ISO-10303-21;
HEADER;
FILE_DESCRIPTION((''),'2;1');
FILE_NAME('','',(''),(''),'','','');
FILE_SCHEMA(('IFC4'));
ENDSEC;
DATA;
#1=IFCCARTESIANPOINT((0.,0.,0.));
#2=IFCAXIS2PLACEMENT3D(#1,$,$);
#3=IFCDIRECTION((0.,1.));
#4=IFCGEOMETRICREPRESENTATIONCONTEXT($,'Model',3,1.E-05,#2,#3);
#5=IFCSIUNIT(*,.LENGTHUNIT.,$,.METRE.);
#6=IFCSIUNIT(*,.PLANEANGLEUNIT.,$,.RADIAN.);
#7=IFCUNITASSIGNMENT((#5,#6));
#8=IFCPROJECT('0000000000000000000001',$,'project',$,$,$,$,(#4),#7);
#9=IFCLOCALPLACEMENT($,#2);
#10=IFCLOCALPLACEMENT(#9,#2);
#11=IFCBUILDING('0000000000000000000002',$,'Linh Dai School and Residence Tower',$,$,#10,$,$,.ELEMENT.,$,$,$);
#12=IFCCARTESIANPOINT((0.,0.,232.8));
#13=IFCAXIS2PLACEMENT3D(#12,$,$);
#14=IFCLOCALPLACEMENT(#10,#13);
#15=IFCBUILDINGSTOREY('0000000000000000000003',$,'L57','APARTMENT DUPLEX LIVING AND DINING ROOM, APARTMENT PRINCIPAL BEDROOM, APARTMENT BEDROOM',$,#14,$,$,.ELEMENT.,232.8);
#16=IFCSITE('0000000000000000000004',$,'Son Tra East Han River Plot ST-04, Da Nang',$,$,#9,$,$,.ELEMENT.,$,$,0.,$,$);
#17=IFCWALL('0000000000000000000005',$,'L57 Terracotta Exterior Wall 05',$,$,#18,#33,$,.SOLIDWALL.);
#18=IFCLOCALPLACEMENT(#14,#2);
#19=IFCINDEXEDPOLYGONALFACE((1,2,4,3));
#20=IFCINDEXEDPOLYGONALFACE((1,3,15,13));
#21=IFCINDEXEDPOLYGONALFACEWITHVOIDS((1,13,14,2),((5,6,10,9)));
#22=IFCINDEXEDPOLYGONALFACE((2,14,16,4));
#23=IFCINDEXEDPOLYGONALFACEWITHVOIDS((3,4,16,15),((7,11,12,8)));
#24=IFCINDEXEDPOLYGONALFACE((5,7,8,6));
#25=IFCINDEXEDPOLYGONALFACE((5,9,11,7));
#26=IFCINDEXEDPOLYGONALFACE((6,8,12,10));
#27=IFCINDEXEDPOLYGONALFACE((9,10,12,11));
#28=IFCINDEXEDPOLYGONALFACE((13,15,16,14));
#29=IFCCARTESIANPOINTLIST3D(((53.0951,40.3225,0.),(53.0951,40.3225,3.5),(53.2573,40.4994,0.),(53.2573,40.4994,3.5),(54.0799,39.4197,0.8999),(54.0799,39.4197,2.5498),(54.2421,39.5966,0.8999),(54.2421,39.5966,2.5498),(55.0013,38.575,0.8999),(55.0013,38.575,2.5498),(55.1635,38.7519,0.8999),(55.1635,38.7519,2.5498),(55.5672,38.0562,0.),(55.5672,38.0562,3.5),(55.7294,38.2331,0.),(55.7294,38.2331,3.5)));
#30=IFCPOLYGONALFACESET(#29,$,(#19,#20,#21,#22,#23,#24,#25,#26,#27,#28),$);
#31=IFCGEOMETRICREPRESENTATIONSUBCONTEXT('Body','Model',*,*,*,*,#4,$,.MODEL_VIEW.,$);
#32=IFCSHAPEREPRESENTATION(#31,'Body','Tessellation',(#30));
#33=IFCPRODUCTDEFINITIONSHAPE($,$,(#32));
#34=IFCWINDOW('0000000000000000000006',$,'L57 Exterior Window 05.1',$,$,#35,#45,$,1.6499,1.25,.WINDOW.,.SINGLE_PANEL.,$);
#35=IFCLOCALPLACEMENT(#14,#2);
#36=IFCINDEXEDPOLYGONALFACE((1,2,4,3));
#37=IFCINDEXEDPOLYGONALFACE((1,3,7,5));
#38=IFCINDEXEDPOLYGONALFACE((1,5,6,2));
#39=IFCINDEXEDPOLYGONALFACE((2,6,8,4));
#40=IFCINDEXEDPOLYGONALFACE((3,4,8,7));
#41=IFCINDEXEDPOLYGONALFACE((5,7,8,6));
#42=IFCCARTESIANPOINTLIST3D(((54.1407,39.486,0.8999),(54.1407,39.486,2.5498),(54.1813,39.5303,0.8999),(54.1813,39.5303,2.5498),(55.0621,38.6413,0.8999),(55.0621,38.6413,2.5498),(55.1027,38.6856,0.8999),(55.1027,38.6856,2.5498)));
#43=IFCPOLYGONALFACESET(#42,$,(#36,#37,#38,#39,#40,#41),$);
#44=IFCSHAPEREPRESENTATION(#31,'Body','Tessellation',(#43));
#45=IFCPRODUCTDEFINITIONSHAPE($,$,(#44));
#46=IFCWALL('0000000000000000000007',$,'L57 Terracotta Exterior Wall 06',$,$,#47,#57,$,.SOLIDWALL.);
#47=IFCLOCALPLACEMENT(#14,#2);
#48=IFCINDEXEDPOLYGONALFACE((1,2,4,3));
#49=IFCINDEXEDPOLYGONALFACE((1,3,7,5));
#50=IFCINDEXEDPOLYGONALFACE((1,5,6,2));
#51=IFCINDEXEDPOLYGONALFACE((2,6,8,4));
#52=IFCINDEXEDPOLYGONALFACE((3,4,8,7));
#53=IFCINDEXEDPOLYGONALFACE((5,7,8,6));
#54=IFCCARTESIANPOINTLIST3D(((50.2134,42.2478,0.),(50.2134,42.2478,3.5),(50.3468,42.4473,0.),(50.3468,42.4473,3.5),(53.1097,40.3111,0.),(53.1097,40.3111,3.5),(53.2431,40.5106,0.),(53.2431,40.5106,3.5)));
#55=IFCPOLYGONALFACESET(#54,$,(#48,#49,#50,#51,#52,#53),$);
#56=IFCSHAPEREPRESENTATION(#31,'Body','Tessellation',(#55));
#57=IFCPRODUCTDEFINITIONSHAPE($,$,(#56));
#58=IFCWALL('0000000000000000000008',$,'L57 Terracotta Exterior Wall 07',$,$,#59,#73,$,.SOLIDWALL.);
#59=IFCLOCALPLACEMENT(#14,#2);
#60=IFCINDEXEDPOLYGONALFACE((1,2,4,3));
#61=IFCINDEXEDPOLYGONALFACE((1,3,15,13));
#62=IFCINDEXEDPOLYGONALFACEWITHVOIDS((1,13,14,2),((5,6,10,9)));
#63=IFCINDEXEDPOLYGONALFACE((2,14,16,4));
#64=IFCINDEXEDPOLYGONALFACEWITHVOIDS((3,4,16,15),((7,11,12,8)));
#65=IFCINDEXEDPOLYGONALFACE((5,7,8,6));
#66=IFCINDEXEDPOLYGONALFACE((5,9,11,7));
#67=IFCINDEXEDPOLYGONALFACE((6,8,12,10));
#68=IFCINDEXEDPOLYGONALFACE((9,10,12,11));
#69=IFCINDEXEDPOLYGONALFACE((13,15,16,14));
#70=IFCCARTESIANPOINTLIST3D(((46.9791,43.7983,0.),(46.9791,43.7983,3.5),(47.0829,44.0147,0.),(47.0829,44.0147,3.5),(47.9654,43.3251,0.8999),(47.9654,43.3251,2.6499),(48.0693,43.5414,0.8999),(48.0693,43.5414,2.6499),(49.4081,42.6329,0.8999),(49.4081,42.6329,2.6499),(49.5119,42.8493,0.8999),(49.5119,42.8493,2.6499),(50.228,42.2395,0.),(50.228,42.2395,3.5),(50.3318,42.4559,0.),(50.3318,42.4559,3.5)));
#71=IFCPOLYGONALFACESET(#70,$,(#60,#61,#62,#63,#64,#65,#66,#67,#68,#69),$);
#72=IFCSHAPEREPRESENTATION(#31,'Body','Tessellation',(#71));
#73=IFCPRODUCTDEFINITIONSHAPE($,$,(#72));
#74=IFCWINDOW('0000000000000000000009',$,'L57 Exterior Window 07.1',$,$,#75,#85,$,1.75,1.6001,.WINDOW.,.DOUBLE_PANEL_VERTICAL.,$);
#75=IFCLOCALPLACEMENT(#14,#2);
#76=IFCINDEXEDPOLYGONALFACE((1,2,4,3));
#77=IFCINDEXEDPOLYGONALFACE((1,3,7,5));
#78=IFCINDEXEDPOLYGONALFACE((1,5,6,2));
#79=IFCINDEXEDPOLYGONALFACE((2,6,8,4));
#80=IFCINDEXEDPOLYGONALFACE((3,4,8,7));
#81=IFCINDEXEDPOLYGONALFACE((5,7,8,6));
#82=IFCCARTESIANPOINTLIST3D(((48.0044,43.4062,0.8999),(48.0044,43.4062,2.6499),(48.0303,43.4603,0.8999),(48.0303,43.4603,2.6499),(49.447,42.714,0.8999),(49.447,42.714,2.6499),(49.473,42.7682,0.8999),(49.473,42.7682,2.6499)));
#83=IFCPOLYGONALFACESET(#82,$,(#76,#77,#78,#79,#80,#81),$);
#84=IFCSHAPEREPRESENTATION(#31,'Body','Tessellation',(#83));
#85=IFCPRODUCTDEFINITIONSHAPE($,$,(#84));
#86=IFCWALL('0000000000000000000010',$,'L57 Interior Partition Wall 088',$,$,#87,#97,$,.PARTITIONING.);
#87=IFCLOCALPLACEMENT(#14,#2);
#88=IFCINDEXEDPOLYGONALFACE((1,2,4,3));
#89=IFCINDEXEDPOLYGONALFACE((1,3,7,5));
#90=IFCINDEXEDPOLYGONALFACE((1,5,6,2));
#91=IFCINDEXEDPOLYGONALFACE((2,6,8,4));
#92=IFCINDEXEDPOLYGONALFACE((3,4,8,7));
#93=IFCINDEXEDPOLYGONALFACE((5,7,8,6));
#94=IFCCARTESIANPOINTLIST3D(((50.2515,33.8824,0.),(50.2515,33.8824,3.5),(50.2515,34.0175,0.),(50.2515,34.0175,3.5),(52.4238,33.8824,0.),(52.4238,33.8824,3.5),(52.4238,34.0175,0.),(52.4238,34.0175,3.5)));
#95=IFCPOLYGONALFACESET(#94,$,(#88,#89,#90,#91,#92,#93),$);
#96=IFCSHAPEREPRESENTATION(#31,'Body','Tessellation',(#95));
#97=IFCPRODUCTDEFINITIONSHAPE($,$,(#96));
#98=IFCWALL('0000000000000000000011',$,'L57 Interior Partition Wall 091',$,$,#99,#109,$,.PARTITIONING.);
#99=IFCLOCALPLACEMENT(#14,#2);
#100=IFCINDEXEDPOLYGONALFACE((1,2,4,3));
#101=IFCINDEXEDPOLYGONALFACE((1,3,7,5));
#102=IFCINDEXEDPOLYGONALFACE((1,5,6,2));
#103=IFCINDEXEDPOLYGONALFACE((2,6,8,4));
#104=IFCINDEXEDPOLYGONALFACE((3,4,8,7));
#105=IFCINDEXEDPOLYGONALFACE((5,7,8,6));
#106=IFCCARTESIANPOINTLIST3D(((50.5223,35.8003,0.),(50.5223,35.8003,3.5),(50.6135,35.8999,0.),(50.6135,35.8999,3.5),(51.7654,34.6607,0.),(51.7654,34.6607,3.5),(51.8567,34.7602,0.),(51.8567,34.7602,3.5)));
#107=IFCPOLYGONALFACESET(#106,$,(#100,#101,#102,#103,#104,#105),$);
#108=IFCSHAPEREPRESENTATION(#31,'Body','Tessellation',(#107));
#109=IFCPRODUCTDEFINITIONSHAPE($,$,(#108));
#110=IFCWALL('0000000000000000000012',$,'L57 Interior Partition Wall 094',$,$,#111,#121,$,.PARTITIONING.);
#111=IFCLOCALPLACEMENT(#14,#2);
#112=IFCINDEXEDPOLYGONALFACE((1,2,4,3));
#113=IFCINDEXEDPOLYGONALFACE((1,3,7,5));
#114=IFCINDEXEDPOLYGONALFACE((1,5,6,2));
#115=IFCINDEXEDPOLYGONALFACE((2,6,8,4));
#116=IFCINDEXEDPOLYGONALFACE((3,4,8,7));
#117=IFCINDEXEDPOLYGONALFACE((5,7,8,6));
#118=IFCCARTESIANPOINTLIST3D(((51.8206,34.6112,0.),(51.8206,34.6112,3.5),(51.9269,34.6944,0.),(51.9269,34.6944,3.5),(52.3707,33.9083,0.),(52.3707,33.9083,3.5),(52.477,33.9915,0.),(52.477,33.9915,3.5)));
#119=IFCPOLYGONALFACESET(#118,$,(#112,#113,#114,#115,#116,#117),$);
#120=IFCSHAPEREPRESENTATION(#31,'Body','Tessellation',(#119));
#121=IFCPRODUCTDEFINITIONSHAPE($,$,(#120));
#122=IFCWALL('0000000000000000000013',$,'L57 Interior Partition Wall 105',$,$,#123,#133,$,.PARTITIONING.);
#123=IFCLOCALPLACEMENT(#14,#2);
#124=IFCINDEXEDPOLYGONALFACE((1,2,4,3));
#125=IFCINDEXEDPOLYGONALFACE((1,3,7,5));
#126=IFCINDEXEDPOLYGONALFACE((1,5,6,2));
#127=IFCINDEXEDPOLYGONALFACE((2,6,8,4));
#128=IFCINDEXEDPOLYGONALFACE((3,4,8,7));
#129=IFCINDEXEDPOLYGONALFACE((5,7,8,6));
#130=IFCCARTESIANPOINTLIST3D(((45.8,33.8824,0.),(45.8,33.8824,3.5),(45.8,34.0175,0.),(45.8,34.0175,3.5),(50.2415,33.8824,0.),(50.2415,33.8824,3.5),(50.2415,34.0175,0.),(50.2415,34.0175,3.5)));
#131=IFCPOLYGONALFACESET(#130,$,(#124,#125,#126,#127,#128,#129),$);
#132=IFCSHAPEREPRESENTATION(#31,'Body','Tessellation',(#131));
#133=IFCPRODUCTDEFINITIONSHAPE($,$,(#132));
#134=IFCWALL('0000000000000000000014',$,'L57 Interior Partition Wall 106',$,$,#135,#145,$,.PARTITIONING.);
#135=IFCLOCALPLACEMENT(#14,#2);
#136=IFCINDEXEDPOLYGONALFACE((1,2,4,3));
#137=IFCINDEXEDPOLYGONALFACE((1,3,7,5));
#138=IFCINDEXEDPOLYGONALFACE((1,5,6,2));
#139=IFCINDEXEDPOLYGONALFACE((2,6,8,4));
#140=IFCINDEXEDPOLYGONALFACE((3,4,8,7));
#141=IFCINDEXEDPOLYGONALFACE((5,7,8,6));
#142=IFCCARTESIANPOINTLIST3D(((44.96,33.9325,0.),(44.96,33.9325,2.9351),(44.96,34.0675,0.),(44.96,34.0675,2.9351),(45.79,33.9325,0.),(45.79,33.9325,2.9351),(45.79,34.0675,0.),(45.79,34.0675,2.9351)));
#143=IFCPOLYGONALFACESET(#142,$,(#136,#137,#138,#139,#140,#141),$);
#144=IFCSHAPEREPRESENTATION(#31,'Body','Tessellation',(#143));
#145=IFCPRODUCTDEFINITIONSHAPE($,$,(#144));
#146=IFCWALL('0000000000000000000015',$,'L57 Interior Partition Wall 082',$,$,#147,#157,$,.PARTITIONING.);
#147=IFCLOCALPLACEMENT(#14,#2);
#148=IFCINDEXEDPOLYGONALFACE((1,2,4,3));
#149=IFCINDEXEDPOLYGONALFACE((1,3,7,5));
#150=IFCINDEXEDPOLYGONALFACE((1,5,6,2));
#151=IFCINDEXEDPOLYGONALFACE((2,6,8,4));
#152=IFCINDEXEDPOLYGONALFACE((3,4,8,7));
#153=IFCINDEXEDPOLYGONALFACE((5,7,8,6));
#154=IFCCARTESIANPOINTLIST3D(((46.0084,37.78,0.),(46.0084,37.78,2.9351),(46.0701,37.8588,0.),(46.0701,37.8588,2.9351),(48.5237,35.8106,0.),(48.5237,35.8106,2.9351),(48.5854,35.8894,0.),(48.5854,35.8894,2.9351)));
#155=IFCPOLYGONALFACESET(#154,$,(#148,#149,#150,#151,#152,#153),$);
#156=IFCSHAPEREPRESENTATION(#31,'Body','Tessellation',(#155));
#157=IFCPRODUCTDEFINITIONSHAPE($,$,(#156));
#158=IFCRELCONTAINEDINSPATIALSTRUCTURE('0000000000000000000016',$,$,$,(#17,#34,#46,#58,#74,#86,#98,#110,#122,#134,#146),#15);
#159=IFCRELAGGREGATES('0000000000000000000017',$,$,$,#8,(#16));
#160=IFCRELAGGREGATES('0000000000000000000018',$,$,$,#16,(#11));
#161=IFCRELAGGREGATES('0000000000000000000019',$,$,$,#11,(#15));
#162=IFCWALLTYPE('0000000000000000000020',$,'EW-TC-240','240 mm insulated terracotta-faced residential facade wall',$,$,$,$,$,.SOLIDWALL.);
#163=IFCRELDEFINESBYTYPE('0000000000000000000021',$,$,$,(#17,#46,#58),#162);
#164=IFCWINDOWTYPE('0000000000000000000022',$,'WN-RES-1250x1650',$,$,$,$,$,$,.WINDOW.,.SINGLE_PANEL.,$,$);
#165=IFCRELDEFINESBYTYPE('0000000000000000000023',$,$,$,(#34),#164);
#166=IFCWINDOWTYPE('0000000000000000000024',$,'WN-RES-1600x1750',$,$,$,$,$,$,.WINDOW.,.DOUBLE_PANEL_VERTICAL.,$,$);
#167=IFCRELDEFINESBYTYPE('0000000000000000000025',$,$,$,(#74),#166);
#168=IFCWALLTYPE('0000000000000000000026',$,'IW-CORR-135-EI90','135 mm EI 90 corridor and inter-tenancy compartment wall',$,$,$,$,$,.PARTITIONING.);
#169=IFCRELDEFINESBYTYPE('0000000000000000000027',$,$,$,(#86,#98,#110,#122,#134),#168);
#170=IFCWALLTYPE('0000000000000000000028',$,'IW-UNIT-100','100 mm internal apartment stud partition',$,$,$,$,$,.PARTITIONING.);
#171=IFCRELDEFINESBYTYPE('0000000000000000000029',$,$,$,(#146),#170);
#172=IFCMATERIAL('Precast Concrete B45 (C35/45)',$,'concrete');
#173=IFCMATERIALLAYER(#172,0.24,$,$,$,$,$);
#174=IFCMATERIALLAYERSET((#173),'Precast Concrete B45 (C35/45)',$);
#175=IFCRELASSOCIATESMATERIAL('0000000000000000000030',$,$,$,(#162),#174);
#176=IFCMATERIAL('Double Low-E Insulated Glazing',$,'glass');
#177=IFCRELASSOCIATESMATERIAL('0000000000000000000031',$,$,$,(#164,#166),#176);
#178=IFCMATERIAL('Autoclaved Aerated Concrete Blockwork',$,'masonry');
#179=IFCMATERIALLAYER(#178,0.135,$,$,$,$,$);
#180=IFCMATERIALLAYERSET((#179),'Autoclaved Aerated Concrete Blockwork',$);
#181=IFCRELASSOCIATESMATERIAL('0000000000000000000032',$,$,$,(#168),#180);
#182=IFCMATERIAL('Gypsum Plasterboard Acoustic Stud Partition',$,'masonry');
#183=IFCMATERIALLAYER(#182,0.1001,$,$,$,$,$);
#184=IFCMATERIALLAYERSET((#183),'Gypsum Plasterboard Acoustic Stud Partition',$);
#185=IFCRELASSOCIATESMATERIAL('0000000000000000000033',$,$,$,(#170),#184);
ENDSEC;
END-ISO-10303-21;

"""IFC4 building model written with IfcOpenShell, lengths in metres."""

from ifc_helpers import new_model, si_unit, direction, frame, frame_2d, origin, origin_2d, place, context, subcontext, project, spatial, rectangle, extrude, source, transform, mapped, material, layer, layer_set, type_object, element, fill, save


model = new_model("IFC4")

# Units and contexts
model_context = context("Model", 3, precision=1e-05, world=origin(), true_north=direction((0.0, 1.0)))
body_context = subcontext(model_context, "Body", "Model", "MODEL_VIEW")
ifc_project = project(units=[si_unit("LENGTHUNIT", "METRE"), si_unit("PLANEANGLEUNIT", "RADIAN")], contexts=[model_context])

# Site, building, storey
site_placement = place(None, origin())
site = spatial("IfcSite", under=ifc_project, at=site_placement, Name="Son Tra East Han River Plot ST-04, Da Nang", CompositionType="ELEMENT", RefElevation=0.0)
building_placement = place(site_placement, origin())
building = spatial("IfcBuilding", under=site, at=building_placement, Name="Linh Dai School and Residence Tower", CompositionType="ELEMENT")
storey_placement = place(building_placement, frame((0.0, 0.0, 232.8)))
storey = spatial("IfcBuildingStorey", under=building, at=storey_placement, Name="L57", Description="APARTMENT DUPLEX LIVING AND DINING ROOM, APARTMENT PRINCIPAL BEDROOM, APARTMENT BEDROOM", CompositionType="ELEMENT", Elevation=232.8)

# Shared definitions
ifc_material_1 = material(Name="Precast Concrete B45 (C35/45)", Category="concrete")

# Shared definitions
ifc_layer_1 = layer(ifc_material_1, 0.24)
ifc_layer_set_1 = layer_set([ifc_layer_1], Name="Precast Concrete B45 (C35/45)")
wall_type_1 = type_object("IfcWallType", Name="EW-TC-240", Description="240 mm insulated terracotta-faced residential facade wall", PredefinedType="SOLIDWALL", material=ifc_layer_set_1)
ifc_material_2 = material(Name="Double Low-E Insulated Glazing", Category="glass")
window_type_1 = type_object("IfcWindowType", Name="WN-RES-1250x1650", PartitioningType="SINGLE_PANEL", PredefinedType="WINDOW", material=ifc_material_2)
shared_shape_1 = source(origin(), body_context, "Body", "SweptSolid", [
    extrude(rectangle(XDim=1.25, YDim=1.6499, at=origin_2d()), frame((0.625, 0.03, 0.825), z_axis=(0.0, -1.0, 0.0), x_axis=(1.0, 0.0, 0.0)), (0.0, 0.0, 1.0), 0.0601),
])

# Wall, opening, window
wall_1_placement = place(storey_placement, frame((53.1763, 40.4109, 0.0), z_axis=(0.0, 0.0, 1.0), x_axis=(0.737124, -0.675758, 0.0)))
wall_1 = element("IfcWall", 1, at=wall_1_placement, inside=storey, type_object=wall_type_1, Name="L57 Terracotta Exterior Wall 05", PredefinedType="SOLIDWALL", context=body_context, shape_type="SweptSolid", body=[
    extrude(rectangle(XDim=3.3538, YDim=0.24, at=frame_2d((1.6768, 0.0))), origin(), (0.0, 0.0, 1.0), 3.5),
])
opening_1_placement = place(wall_1_placement, frame((1.3359, 0.0, 0.8999)))
opening_1 = element("IfcOpeningElement", 2, at=opening_1_placement, cuts=wall_1, PredefinedType="OPENING", context=body_context, shape_type="SweptSolid", body=[
    extrude(rectangle(XDim=1.25, YDim=1.6499, at=origin_2d()), frame((0.625, 0.1299, 0.825), z_axis=(0.0, -1.0, 0.0), x_axis=(1.0, 0.0, 0.0)), (0.0, 0.0, 1.0), 0.26),
])
window_1_placement = place(opening_1_placement, origin())
window_1 = element("IfcWindow", 3, at=window_1_placement, inside=storey, type_object=window_type_1, Name="L57 Exterior Window 05.1", OverallHeight=1.6499, OverallWidth=1.25, PartitioningType="SINGLE_PANEL", PredefinedType="WINDOW", context=body_context, shape_type="MappedRepresentation", body=[
    mapped(shared_shape_1, transform((0.0, 0.0, 0.0), x_axis=(1.0, 0.0, 0.0), y_axis=(0.0, 1.0, 0.0), z_axis=(0.0, 0.0, 1.0), scale=1.0)),
])
fill(opening_1, window_1)

# Wall
wall_2_placement = place(storey_placement, frame((50.28, 42.3477, 0.0), z_axis=(0.0, 0.0, 1.0), x_axis=(0.831262, -0.55588, 0.0)))
element("IfcWall", 4, at=wall_2_placement, inside=storey, type_object=wall_type_1, Name="L57 Terracotta Exterior Wall 06", PredefinedType="SOLIDWALL", context=body_context, shape_type="SweptSolid", body=[
    extrude(rectangle(XDim=3.4841, YDim=0.24, at=frame_2d((1.7422, 0.0))), origin(), (0.0, 0.0, 1.0), 3.5),
])

# Wall, opening, window
wall_3_placement = place(storey_placement, frame((47.031, 43.9065, 0.0), z_axis=(0.0, 0.0, 1.0), x_axis=(0.901598, -0.432575, 0.0)))
wall_3 = element("IfcWall", 5, at=wall_3_placement, inside=storey, type_object=wall_type_1, Name="L57 Terracotta Exterior Wall 07", PredefinedType="SOLIDWALL", context=body_context, shape_type="SweptSolid", body=[
    extrude(rectangle(XDim=3.6035, YDim=0.24, at=frame_2d((1.8018, 0.0))), origin(), (0.0, 0.0, 1.0), 3.5),
])
opening_2_placement = place(wall_3_placement, frame((1.094, 0.0, 0.8999)))
opening_2 = element("IfcOpeningElement", 6, at=opening_2_placement, cuts=wall_3, PredefinedType="OPENING", context=body_context, shape_type="SweptSolid", body=[
    extrude(rectangle(XDim=1.6001, YDim=1.75, at=origin_2d()), frame((0.8, 0.1299, 0.875), z_axis=(0.0, -1.0, 0.0), x_axis=(1.0, 0.0, 0.0)), (0.0, 0.0, 1.0), 0.26),
])
window_type_2 = type_object("IfcWindowType", Name="WN-RES-1600x1750", PartitioningType="DOUBLE_PANEL_VERTICAL", PredefinedType="WINDOW", material=ifc_material_2)
shared_shape_2 = source(origin(), body_context, "Body", "SweptSolid", [
    extrude(rectangle(XDim=1.6001, YDim=1.75, at=origin_2d()), frame((0.8, 0.03, 0.875), z_axis=(0.0, -1.0, 0.0), x_axis=(1.0, 0.0, 0.0)), (0.0, 0.0, 1.0), 0.0601),
])
window_2_placement = place(opening_2_placement, origin())
window_2 = element("IfcWindow", 7, at=window_2_placement, inside=storey, type_object=window_type_2, Name="L57 Exterior Window 07.1", OverallHeight=1.75, OverallWidth=1.6001, PartitioningType="DOUBLE_PANEL_VERTICAL", PredefinedType="WINDOW", context=body_context, shape_type="MappedRepresentation", body=[
    mapped(shared_shape_2, transform((0.0, 0.0, 0.0), x_axis=(1.0, 0.0, 0.0), y_axis=(0.0, 1.0, 0.0), z_axis=(0.0, 0.0, 1.0), scale=1.0)),
])
fill(opening_2, window_2)

# Walls
ifc_material_3 = material(Name="Autoclaved Aerated Concrete Blockwork", Category="masonry")
ifc_layer_2 = layer(ifc_material_3, 0.135)
ifc_layer_set_2 = layer_set([ifc_layer_2], Name="Autoclaved Aerated Concrete Blockwork")
wall_type_2 = type_object("IfcWallType", Name="IW-CORR-135-EI90", Description="135 mm EI 90 corridor and inter-tenancy compartment wall", PredefinedType="PARTITIONING", material=ifc_layer_set_2)
wall_4_placement = place(storey_placement, frame((50.2515, 33.95, 0.0), z_axis=(0.0, 0.0, 1.0), x_axis=(1.0, 0.0, 0.0)))
element("IfcWall", 8, at=wall_4_placement, inside=storey, type_object=wall_type_2, Name="L57 Interior Partition Wall 088", PredefinedType="PARTITIONING", context=body_context, shape_type="SweptSolid", body=[
    extrude(rectangle(XDim=2.1724, YDim=0.135, at=frame_2d((1.0862, 0.0))), origin(), (0.0, 0.0, 1.0), 3.5),
])
wall_5_placement = place(storey_placement, frame((50.5679, 35.8501, 0.0), z_axis=(0.0, 0.0, 1.0), x_axis=(0.73713, -0.675751, 0.0)))
element("IfcWall", 9, at=wall_5_placement, inside=storey, type_object=wall_type_2, Name="L57 Interior Partition Wall 091", PredefinedType="PARTITIONING", context=body_context, shape_type="SweptSolid", body=[
    extrude(rectangle(XDim=1.6865, YDim=0.135, at=frame_2d((0.8433, 0.0))), origin(), (0.0, 0.0, 1.0), 3.5),
])
wall_6_placement = place(storey_placement, frame((51.8738, 34.6528, 0.0), z_axis=(0.0, 0.0, 1.0), x_axis=(0.616286, -0.787522, 0.0)))
element("IfcWall", 10, at=wall_6_placement, inside=storey, type_object=wall_type_2, Name="L57 Interior Partition Wall 094", PredefinedType="PARTITIONING", context=body_context, shape_type="SweptSolid", body=[
    extrude(rectangle(XDim=0.8926, YDim=0.135, at=frame_2d((0.4463, 0.0))), origin(), (0.0, 0.0, 1.0), 3.5),
])
wall_7_placement = place(storey_placement, frame((50.2415, 33.95, 0.0), z_axis=(0.0, 0.0, 1.0), x_axis=(-1.0, 0.0, 0.0)))
element("IfcWall", 11, at=wall_7_placement, inside=storey, type_object=wall_type_2, Name="L57 Interior Partition Wall 105", PredefinedType="PARTITIONING", context=body_context, shape_type="SweptSolid", body=[
    extrude(rectangle(XDim=4.4414, YDim=0.135, at=frame_2d((2.2207, 0.0))), origin(), (0.0, 0.0, 1.0), 3.5),
])
wall_8_placement = place(storey_placement, frame((45.79, 34.0, 0.0), z_axis=(0.0, 0.0, 1.0), x_axis=(-1.0, 0.0, 0.0)))
element("IfcWall", 12, at=wall_8_placement, inside=storey, type_object=wall_type_2, Name="L57 Interior Partition Wall 106", PredefinedType="PARTITIONING", context=body_context, shape_type="SweptSolid", body=[
    extrude(rectangle(XDim=0.8301, YDim=0.135, at=frame_2d((0.415, 0.0))), origin(), (0.0, 0.0, 1.0), 2.9351),
])
ifc_material_4 = material(Name="Gypsum Plasterboard Acoustic Stud Partition", Category="masonry")
ifc_layer_3 = layer(ifc_material_4, 0.1001)
ifc_layer_set_3 = layer_set([ifc_layer_3], Name="Gypsum Plasterboard Acoustic Stud Partition")
wall_type_3 = type_object("IfcWallType", Name="IW-UNIT-100", Description="100 mm internal apartment stud partition", PredefinedType="PARTITIONING", material=ifc_layer_set_3)
wall_9_placement = place(storey_placement, frame((46.0393, 37.8193, 0.0), z_axis=(0.0, 0.0, 1.0), x_axis=(0.787365, -0.616488, 0.0)))
element("IfcWall", 13, at=wall_9_placement, inside=storey, type_object=wall_type_3, Name="L57 Interior Partition Wall 082", PredefinedType="PARTITIONING", context=body_context, shape_type="SweptSolid", body=[
    extrude(rectangle(XDim=3.1946, YDim=0.1001, at=frame_2d((1.5972, 0.0))), origin(), (0.0, 0.0, 1.0), 2.9351),
])

save(model, "model.ifc")
